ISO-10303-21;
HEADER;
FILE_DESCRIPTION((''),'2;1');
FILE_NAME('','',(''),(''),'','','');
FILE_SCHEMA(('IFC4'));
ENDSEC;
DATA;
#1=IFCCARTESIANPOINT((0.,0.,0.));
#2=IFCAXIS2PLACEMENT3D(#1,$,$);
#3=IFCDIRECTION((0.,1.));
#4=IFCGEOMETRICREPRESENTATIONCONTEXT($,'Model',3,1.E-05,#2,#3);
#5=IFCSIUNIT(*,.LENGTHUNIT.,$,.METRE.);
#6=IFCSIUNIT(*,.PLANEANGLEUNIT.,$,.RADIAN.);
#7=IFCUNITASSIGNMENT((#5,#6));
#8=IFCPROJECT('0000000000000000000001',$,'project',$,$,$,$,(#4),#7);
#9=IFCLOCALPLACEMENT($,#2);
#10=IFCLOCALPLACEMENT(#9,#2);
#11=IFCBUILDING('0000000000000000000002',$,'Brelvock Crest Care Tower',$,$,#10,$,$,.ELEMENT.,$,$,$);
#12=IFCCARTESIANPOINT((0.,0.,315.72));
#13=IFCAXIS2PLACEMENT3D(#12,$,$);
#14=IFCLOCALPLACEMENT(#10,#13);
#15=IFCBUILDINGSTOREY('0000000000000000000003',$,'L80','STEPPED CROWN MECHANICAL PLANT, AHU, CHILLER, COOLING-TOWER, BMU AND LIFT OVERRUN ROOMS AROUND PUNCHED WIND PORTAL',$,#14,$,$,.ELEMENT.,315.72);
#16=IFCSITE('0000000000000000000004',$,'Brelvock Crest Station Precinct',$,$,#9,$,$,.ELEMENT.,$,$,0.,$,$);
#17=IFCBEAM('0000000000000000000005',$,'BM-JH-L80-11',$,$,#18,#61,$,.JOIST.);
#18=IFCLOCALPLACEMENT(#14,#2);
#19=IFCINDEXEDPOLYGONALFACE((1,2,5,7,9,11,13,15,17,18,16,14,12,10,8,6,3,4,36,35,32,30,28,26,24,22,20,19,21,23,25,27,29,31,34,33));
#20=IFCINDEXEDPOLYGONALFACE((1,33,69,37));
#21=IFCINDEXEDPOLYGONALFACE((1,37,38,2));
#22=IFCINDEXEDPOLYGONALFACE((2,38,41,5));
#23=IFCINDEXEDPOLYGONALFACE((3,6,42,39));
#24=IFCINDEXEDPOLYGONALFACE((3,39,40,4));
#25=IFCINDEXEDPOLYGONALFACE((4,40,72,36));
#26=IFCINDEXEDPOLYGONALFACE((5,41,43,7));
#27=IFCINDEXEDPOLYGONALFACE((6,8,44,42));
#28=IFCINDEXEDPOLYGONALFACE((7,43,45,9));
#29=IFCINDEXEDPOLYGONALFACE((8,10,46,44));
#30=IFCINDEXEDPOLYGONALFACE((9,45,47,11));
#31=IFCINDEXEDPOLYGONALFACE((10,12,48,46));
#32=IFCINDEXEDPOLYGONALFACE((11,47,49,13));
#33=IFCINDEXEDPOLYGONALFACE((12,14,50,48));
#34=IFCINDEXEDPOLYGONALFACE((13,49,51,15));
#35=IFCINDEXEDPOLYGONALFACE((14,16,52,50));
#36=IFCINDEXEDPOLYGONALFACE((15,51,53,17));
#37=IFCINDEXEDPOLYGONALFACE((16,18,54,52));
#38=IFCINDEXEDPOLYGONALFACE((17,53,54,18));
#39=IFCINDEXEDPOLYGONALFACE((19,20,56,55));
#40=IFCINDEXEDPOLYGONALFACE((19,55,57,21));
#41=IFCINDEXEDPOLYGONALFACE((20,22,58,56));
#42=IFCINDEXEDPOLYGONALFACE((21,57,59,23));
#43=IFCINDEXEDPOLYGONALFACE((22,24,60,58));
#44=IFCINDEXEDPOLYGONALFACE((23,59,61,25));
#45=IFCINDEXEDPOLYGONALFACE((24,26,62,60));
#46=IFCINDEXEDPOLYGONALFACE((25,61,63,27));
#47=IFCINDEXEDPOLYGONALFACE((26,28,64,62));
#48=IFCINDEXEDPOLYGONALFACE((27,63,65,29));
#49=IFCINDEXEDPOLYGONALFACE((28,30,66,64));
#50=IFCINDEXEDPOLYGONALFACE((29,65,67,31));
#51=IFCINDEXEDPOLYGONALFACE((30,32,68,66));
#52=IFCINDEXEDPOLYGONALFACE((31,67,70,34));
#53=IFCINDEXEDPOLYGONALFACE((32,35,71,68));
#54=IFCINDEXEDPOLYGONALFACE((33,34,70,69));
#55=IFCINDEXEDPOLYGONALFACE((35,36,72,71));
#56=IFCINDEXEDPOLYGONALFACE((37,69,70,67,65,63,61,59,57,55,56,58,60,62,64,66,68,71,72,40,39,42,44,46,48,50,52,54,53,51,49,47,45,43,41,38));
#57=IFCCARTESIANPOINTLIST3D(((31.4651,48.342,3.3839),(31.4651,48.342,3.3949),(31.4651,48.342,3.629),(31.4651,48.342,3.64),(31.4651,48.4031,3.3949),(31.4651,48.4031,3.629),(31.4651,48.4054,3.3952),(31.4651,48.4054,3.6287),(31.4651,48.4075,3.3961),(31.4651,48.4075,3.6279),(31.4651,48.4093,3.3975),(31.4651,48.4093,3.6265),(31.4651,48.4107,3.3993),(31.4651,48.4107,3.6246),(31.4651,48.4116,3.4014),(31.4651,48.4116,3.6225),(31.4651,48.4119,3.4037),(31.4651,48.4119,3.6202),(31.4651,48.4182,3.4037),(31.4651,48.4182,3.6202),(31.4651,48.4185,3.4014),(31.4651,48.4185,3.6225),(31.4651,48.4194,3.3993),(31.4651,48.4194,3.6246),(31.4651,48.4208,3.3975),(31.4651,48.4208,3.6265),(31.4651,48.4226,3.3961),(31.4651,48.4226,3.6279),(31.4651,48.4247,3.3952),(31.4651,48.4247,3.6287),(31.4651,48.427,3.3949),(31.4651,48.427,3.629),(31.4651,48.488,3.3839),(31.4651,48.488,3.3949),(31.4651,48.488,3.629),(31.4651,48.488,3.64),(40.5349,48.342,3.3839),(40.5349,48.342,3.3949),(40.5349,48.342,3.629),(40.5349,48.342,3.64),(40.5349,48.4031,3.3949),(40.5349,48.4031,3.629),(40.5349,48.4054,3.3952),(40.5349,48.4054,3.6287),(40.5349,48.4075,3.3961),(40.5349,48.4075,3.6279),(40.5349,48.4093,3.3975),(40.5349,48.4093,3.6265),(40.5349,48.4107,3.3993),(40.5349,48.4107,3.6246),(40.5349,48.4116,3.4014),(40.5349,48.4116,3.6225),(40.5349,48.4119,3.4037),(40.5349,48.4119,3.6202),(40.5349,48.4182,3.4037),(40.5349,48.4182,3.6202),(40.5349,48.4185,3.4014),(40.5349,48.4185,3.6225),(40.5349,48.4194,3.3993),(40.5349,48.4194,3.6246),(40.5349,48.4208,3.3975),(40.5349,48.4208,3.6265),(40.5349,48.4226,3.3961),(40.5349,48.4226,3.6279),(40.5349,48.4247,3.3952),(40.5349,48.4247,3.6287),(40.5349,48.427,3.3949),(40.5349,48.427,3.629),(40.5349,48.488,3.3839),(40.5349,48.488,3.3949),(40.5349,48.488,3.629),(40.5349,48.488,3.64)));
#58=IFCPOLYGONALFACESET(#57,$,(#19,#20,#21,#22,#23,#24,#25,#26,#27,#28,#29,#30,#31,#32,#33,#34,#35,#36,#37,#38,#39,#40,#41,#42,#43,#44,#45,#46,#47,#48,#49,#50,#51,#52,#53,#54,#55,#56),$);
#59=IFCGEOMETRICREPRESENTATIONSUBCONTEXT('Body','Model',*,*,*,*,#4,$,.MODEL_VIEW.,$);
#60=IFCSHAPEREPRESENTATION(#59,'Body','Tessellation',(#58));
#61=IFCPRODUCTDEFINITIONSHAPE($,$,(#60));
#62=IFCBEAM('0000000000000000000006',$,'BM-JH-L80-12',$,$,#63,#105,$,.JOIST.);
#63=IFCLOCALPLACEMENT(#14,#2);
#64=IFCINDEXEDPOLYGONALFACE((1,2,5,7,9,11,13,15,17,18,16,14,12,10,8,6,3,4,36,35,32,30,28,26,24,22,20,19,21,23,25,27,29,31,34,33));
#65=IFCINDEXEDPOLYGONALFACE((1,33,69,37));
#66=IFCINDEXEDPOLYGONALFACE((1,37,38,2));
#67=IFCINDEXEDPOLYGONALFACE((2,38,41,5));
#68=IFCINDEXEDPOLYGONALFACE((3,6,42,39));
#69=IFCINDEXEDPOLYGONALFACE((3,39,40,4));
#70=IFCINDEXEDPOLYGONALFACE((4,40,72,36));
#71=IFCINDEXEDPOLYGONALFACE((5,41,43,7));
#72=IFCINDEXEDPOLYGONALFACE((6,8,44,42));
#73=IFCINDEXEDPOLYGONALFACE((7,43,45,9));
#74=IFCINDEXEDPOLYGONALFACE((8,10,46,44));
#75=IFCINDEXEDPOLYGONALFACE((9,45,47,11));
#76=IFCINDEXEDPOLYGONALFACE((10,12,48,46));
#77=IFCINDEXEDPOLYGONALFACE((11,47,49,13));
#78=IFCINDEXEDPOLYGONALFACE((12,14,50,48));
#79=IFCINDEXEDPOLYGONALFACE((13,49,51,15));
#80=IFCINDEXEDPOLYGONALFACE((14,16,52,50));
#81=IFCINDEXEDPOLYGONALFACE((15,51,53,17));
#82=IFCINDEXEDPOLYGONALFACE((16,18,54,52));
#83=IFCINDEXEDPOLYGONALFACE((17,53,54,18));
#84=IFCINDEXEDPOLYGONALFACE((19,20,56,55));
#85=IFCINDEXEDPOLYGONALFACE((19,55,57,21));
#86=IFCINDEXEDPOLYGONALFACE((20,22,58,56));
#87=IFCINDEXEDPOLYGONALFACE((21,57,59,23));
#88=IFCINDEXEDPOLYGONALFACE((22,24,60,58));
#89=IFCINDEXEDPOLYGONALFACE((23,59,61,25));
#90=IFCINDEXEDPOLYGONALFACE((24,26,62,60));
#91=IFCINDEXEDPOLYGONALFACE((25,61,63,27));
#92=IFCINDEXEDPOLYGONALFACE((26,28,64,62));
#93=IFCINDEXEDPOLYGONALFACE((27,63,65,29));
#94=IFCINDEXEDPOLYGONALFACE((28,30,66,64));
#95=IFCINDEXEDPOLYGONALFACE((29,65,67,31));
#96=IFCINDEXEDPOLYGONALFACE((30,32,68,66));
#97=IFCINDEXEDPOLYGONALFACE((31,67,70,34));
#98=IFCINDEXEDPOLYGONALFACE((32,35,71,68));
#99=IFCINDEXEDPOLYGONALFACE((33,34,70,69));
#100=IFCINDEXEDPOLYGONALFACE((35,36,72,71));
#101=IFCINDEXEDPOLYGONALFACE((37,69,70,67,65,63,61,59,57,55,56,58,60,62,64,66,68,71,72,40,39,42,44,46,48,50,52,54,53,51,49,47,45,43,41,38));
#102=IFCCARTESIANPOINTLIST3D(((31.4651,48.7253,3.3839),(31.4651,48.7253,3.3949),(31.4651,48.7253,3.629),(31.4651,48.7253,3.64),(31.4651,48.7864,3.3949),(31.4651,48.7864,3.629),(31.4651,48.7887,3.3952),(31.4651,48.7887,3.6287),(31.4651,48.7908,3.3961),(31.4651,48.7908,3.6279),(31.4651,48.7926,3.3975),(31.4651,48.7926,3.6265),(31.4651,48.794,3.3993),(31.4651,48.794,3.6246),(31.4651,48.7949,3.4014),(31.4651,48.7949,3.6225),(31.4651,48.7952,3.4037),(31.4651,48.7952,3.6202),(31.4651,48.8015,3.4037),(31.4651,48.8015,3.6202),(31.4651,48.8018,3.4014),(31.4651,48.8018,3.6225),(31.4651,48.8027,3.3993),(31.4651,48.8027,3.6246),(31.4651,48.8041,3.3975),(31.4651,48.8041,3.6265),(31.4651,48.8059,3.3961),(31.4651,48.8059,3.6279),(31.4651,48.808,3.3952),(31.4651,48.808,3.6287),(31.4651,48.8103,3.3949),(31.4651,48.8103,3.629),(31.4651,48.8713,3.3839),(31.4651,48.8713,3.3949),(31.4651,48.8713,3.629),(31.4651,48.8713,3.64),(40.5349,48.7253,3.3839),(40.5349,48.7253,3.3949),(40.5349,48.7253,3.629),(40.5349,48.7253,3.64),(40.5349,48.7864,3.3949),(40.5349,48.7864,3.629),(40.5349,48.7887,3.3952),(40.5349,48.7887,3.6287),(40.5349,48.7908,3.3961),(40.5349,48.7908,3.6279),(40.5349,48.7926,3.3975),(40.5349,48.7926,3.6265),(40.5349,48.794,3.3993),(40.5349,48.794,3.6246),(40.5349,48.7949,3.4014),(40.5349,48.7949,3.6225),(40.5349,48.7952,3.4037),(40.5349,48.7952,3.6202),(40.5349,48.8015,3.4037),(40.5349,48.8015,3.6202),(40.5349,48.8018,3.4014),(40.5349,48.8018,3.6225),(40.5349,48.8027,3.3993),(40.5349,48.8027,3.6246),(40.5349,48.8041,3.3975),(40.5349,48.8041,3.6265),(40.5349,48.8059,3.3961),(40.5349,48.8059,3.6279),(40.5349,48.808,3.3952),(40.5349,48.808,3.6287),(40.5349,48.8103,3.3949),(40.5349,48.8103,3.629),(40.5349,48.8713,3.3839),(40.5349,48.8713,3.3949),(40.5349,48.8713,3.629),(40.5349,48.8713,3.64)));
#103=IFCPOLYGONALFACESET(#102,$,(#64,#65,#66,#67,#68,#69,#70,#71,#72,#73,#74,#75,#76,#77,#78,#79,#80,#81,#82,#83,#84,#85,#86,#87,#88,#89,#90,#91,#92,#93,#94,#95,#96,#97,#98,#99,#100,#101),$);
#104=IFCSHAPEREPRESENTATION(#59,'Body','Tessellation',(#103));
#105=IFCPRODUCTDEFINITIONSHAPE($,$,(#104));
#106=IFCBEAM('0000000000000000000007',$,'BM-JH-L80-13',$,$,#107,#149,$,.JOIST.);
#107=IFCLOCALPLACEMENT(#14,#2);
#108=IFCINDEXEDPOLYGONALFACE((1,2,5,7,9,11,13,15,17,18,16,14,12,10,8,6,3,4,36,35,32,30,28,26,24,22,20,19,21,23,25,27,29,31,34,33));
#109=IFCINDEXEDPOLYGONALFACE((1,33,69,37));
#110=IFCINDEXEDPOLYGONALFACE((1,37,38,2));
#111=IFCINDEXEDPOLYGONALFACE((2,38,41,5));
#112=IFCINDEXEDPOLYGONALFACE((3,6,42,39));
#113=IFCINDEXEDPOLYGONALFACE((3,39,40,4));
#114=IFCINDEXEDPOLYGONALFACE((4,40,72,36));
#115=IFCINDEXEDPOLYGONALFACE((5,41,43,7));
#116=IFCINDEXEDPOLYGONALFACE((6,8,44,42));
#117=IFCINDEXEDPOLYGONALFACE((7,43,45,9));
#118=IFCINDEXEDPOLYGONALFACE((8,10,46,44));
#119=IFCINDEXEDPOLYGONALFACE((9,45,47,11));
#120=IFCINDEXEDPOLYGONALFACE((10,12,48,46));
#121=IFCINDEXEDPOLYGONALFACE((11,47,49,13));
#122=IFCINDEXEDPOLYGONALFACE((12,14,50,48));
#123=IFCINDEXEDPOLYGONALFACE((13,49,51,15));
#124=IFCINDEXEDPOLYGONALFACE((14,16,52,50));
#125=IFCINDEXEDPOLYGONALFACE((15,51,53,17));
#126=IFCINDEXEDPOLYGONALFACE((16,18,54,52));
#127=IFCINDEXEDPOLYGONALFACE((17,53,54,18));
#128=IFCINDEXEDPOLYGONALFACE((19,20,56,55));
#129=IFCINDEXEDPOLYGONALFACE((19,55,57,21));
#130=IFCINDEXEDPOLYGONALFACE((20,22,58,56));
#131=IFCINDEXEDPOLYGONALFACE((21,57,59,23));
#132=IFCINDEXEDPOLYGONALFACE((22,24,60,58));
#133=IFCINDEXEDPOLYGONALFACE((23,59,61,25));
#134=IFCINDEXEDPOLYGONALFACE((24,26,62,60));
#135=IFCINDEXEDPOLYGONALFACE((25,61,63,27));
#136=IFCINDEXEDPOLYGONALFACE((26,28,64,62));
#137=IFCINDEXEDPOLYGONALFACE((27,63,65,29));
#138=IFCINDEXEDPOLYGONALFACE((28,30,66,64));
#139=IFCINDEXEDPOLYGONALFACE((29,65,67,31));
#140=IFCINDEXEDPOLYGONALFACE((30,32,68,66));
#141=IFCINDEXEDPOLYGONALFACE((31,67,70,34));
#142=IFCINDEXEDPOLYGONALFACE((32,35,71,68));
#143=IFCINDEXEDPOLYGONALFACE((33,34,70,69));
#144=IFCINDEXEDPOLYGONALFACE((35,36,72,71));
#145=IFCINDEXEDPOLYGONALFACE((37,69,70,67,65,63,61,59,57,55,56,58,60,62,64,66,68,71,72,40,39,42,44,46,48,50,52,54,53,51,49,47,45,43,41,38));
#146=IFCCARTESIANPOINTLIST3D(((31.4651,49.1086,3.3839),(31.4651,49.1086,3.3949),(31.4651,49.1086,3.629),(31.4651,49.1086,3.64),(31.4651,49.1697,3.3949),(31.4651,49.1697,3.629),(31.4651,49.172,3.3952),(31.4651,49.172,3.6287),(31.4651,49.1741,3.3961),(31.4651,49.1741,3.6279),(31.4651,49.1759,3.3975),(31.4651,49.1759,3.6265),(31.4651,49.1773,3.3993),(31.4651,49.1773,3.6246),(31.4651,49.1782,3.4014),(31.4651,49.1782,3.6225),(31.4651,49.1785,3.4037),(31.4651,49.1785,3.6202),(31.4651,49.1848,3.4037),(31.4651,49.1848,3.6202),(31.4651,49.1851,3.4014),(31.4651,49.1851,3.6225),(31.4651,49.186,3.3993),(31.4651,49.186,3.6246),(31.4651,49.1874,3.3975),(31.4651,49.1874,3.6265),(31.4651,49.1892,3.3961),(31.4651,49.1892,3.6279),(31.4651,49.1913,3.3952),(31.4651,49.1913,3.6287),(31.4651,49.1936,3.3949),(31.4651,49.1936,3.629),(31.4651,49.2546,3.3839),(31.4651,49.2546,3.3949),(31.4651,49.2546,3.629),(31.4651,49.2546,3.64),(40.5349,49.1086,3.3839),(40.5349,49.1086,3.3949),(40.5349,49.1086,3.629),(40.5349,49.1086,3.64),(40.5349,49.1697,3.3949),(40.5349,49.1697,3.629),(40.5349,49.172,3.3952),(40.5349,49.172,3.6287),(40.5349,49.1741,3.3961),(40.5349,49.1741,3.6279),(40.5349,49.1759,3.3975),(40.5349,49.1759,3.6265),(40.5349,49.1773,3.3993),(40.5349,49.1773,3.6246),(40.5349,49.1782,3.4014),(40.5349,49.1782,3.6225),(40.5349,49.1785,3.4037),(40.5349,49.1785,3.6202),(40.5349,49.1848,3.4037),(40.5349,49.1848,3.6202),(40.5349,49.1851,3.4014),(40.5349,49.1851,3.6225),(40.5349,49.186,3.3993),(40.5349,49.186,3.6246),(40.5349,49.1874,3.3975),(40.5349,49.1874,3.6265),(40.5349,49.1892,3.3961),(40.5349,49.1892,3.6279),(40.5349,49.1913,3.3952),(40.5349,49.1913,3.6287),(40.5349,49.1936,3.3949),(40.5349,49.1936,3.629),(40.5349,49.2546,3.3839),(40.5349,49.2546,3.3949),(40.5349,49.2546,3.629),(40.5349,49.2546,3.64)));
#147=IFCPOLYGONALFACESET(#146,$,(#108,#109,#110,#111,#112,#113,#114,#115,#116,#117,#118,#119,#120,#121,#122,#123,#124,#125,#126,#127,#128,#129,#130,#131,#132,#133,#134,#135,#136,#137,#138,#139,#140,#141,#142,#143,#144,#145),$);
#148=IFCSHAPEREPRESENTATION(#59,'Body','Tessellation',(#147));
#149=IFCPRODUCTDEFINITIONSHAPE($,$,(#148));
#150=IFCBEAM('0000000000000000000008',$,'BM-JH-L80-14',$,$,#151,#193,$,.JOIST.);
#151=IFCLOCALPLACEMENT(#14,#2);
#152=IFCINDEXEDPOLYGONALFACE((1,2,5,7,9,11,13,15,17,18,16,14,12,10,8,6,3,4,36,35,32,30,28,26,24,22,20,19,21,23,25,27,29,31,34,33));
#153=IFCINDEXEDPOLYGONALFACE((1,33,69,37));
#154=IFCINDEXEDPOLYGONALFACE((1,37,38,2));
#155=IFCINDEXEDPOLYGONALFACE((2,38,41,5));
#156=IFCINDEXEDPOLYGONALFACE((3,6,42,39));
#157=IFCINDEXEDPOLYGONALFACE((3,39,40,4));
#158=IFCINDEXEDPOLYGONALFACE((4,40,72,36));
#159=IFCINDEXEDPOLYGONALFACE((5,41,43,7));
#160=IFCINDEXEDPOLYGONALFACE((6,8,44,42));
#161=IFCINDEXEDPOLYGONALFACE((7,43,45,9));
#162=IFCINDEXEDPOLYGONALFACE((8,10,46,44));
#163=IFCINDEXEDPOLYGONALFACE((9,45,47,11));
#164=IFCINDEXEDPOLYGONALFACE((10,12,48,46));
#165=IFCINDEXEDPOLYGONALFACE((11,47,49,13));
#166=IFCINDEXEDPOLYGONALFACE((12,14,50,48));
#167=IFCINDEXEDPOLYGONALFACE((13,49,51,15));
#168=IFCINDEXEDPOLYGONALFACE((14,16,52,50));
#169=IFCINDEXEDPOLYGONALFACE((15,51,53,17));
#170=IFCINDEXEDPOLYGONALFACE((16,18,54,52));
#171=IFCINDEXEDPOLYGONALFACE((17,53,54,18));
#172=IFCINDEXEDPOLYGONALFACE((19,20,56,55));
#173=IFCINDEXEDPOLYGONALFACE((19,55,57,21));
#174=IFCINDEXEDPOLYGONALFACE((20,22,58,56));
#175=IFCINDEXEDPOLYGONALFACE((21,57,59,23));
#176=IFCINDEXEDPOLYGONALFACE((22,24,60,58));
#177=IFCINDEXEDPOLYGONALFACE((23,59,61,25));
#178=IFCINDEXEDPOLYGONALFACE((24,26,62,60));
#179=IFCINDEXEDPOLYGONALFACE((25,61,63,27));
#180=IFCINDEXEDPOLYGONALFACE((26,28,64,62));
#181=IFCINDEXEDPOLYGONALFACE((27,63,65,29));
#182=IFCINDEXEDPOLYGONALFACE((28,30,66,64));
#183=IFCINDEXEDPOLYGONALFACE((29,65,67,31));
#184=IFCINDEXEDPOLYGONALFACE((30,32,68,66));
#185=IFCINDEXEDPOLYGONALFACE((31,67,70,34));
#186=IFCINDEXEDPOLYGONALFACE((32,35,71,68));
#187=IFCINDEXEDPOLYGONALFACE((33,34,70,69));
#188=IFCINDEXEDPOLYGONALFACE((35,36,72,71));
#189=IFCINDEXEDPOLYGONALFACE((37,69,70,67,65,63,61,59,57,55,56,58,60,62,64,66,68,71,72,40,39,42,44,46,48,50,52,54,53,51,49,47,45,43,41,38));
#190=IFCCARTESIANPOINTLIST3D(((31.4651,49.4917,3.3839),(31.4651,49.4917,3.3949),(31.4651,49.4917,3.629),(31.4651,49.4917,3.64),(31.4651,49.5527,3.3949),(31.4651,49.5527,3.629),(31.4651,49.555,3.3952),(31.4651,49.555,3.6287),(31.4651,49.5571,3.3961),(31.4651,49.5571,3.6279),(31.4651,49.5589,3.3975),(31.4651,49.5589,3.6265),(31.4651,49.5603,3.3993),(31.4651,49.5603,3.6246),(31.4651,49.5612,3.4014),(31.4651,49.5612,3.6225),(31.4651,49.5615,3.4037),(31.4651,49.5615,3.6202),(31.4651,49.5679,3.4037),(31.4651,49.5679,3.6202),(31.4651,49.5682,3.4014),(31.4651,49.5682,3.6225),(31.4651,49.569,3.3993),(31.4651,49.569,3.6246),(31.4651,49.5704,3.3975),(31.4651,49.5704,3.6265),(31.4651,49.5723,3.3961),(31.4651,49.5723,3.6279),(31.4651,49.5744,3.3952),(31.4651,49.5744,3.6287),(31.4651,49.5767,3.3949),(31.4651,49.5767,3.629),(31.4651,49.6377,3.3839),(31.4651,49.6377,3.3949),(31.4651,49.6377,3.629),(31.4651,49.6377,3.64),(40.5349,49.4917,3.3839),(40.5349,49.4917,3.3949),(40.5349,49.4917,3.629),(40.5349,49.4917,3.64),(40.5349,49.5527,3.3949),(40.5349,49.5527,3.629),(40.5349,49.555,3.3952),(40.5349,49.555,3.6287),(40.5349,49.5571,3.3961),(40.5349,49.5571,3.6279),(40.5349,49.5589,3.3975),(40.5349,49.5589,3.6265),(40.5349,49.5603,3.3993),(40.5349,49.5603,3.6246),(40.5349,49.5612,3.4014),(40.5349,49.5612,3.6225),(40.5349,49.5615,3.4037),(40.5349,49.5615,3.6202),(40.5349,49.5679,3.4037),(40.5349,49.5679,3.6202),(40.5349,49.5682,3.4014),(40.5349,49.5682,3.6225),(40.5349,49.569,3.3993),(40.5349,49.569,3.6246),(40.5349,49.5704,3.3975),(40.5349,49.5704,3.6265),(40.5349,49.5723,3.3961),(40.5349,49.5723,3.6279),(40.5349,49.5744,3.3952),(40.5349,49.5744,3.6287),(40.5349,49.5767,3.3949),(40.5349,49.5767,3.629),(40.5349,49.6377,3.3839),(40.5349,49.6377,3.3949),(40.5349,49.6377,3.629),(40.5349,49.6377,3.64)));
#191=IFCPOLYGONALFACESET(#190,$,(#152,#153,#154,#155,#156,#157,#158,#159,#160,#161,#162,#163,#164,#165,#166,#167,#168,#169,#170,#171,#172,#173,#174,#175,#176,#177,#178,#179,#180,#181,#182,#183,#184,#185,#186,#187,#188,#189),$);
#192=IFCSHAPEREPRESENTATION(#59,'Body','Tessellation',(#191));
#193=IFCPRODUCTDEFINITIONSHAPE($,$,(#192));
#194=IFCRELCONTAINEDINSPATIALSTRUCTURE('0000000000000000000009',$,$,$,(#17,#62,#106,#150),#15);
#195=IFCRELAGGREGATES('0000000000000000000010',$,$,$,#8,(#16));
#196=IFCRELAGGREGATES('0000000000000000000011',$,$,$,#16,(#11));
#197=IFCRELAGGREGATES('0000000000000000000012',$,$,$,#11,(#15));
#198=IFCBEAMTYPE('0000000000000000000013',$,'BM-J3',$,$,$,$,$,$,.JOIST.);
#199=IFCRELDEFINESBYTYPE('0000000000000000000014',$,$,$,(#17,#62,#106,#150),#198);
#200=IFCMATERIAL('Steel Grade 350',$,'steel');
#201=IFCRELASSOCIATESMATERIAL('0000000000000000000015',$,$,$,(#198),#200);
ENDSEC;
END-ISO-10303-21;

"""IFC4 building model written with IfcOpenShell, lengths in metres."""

from ifc_helpers import new_model, si_unit, direction, frame, origin, origin_2d, place, context, subcontext, project, spatial, i_section, extrude, source, transform, mapped, material, material_profile, profile_set, type_object, element, save


model = new_model("IFC4")

# Units and contexts
model_context = context("Model", 3, precision=1e-05, world=origin(), true_north=direction((0.0, 1.0)))
body_context = subcontext(model_context, "Body", "Model", "MODEL_VIEW")
ifc_project = project(units=[si_unit("LENGTHUNIT", "METRE"), si_unit("PLANEANGLEUNIT", "RADIAN")], contexts=[model_context])

# Site, building, storey
site_placement = place(None, origin())
site = spatial("IfcSite", under=ifc_project, at=site_placement, Name="Brelvock Crest Station Precinct", CompositionType="ELEMENT", RefElevation=0.0)
building_placement = place(site_placement, origin())
building = spatial("IfcBuilding", under=site, at=building_placement, Name="Brelvock Crest Care Tower", CompositionType="ELEMENT")
storey_placement = place(building_placement, frame((0.0, 0.0, 315.72)))
storey = spatial("IfcBuildingStorey", under=building, at=storey_placement, Name="L80", Description="STEPPED CROWN MECHANICAL PLANT, AHU, CHILLER, COOLING-TOWER, BMU AND LIFT OVERRUN ROOMS AROUND PUNCHED WIND PORTAL", CompositionType="ELEMENT", Elevation=315.72)

# Shared definitions
ifc_material_1 = material(Name="Steel Grade 350", Category="steel")

# Beams
ifc_material_profile_1 = material_profile(ifc_material_1, i_section(OverallWidth=0.146, OverallDepth=0.2561, WebThickness=0.0063, FlangeThickness=0.011, FilletRadius=0.0088, at=origin_2d()), Name="250UB37.3")
ifc_profile_set_1 = profile_set([ifc_material_profile_1], Name="Steel Grade 350")
beam_type_1 = type_object("IfcBeamType", Name="BM-J3", PredefinedType="JOIST", material=ifc_profile_set_1)
shared_shape_1 = source(origin(), body_context, "Body", "SweptSolid", [
    extrude(i_section(OverallWidth=0.146, OverallDepth=0.2561, WebThickness=0.0063, FlangeThickness=0.011, FilletRadius=0.0088, at=origin_2d()), origin(), (0.0, 0.0, 1.0), 9.0698),
])
for number, where, z_axis, x_axis, name in (
    (1, (31.4651, 48.415, 3.512), (1.0, 0.0, 0.0), (0.0, 1.0, 0.0), "BM-JH-L80-11"),
    (2, (31.4651, 48.7983, 3.512), (1.0, 0.0, 0.0), (0.0, 1.0, 0.0), "BM-JH-L80-12"),
    (3, (31.4651, 49.1816, 3.512), (1.0, 0.0, 0.0), (0.0, 1.0, 0.0), "BM-JH-L80-13"),
    (4, (31.4651, 49.5647, 3.512), (1.0, 0.0, 0.0), (0.0, 1.0, 0.0), "BM-JH-L80-14"),
):
    element("IfcBeam", number, at=place(storey_placement, frame(where, z_axis=z_axis, x_axis=x_axis)), inside=storey, type_object=beam_type_1, Name=name, PredefinedType="JOIST", context=body_context, shape_type="MappedRepresentation", body=[
        mapped(shared_shape_1, transform((0.0, 0.0, 0.0), x_axis=(1.0, 0.0, 0.0), y_axis=(0.0, 1.0, 0.0), z_axis=(0.0, 0.0, 1.0), scale=1.0)),
    ])

save(model, "model.ifc")
